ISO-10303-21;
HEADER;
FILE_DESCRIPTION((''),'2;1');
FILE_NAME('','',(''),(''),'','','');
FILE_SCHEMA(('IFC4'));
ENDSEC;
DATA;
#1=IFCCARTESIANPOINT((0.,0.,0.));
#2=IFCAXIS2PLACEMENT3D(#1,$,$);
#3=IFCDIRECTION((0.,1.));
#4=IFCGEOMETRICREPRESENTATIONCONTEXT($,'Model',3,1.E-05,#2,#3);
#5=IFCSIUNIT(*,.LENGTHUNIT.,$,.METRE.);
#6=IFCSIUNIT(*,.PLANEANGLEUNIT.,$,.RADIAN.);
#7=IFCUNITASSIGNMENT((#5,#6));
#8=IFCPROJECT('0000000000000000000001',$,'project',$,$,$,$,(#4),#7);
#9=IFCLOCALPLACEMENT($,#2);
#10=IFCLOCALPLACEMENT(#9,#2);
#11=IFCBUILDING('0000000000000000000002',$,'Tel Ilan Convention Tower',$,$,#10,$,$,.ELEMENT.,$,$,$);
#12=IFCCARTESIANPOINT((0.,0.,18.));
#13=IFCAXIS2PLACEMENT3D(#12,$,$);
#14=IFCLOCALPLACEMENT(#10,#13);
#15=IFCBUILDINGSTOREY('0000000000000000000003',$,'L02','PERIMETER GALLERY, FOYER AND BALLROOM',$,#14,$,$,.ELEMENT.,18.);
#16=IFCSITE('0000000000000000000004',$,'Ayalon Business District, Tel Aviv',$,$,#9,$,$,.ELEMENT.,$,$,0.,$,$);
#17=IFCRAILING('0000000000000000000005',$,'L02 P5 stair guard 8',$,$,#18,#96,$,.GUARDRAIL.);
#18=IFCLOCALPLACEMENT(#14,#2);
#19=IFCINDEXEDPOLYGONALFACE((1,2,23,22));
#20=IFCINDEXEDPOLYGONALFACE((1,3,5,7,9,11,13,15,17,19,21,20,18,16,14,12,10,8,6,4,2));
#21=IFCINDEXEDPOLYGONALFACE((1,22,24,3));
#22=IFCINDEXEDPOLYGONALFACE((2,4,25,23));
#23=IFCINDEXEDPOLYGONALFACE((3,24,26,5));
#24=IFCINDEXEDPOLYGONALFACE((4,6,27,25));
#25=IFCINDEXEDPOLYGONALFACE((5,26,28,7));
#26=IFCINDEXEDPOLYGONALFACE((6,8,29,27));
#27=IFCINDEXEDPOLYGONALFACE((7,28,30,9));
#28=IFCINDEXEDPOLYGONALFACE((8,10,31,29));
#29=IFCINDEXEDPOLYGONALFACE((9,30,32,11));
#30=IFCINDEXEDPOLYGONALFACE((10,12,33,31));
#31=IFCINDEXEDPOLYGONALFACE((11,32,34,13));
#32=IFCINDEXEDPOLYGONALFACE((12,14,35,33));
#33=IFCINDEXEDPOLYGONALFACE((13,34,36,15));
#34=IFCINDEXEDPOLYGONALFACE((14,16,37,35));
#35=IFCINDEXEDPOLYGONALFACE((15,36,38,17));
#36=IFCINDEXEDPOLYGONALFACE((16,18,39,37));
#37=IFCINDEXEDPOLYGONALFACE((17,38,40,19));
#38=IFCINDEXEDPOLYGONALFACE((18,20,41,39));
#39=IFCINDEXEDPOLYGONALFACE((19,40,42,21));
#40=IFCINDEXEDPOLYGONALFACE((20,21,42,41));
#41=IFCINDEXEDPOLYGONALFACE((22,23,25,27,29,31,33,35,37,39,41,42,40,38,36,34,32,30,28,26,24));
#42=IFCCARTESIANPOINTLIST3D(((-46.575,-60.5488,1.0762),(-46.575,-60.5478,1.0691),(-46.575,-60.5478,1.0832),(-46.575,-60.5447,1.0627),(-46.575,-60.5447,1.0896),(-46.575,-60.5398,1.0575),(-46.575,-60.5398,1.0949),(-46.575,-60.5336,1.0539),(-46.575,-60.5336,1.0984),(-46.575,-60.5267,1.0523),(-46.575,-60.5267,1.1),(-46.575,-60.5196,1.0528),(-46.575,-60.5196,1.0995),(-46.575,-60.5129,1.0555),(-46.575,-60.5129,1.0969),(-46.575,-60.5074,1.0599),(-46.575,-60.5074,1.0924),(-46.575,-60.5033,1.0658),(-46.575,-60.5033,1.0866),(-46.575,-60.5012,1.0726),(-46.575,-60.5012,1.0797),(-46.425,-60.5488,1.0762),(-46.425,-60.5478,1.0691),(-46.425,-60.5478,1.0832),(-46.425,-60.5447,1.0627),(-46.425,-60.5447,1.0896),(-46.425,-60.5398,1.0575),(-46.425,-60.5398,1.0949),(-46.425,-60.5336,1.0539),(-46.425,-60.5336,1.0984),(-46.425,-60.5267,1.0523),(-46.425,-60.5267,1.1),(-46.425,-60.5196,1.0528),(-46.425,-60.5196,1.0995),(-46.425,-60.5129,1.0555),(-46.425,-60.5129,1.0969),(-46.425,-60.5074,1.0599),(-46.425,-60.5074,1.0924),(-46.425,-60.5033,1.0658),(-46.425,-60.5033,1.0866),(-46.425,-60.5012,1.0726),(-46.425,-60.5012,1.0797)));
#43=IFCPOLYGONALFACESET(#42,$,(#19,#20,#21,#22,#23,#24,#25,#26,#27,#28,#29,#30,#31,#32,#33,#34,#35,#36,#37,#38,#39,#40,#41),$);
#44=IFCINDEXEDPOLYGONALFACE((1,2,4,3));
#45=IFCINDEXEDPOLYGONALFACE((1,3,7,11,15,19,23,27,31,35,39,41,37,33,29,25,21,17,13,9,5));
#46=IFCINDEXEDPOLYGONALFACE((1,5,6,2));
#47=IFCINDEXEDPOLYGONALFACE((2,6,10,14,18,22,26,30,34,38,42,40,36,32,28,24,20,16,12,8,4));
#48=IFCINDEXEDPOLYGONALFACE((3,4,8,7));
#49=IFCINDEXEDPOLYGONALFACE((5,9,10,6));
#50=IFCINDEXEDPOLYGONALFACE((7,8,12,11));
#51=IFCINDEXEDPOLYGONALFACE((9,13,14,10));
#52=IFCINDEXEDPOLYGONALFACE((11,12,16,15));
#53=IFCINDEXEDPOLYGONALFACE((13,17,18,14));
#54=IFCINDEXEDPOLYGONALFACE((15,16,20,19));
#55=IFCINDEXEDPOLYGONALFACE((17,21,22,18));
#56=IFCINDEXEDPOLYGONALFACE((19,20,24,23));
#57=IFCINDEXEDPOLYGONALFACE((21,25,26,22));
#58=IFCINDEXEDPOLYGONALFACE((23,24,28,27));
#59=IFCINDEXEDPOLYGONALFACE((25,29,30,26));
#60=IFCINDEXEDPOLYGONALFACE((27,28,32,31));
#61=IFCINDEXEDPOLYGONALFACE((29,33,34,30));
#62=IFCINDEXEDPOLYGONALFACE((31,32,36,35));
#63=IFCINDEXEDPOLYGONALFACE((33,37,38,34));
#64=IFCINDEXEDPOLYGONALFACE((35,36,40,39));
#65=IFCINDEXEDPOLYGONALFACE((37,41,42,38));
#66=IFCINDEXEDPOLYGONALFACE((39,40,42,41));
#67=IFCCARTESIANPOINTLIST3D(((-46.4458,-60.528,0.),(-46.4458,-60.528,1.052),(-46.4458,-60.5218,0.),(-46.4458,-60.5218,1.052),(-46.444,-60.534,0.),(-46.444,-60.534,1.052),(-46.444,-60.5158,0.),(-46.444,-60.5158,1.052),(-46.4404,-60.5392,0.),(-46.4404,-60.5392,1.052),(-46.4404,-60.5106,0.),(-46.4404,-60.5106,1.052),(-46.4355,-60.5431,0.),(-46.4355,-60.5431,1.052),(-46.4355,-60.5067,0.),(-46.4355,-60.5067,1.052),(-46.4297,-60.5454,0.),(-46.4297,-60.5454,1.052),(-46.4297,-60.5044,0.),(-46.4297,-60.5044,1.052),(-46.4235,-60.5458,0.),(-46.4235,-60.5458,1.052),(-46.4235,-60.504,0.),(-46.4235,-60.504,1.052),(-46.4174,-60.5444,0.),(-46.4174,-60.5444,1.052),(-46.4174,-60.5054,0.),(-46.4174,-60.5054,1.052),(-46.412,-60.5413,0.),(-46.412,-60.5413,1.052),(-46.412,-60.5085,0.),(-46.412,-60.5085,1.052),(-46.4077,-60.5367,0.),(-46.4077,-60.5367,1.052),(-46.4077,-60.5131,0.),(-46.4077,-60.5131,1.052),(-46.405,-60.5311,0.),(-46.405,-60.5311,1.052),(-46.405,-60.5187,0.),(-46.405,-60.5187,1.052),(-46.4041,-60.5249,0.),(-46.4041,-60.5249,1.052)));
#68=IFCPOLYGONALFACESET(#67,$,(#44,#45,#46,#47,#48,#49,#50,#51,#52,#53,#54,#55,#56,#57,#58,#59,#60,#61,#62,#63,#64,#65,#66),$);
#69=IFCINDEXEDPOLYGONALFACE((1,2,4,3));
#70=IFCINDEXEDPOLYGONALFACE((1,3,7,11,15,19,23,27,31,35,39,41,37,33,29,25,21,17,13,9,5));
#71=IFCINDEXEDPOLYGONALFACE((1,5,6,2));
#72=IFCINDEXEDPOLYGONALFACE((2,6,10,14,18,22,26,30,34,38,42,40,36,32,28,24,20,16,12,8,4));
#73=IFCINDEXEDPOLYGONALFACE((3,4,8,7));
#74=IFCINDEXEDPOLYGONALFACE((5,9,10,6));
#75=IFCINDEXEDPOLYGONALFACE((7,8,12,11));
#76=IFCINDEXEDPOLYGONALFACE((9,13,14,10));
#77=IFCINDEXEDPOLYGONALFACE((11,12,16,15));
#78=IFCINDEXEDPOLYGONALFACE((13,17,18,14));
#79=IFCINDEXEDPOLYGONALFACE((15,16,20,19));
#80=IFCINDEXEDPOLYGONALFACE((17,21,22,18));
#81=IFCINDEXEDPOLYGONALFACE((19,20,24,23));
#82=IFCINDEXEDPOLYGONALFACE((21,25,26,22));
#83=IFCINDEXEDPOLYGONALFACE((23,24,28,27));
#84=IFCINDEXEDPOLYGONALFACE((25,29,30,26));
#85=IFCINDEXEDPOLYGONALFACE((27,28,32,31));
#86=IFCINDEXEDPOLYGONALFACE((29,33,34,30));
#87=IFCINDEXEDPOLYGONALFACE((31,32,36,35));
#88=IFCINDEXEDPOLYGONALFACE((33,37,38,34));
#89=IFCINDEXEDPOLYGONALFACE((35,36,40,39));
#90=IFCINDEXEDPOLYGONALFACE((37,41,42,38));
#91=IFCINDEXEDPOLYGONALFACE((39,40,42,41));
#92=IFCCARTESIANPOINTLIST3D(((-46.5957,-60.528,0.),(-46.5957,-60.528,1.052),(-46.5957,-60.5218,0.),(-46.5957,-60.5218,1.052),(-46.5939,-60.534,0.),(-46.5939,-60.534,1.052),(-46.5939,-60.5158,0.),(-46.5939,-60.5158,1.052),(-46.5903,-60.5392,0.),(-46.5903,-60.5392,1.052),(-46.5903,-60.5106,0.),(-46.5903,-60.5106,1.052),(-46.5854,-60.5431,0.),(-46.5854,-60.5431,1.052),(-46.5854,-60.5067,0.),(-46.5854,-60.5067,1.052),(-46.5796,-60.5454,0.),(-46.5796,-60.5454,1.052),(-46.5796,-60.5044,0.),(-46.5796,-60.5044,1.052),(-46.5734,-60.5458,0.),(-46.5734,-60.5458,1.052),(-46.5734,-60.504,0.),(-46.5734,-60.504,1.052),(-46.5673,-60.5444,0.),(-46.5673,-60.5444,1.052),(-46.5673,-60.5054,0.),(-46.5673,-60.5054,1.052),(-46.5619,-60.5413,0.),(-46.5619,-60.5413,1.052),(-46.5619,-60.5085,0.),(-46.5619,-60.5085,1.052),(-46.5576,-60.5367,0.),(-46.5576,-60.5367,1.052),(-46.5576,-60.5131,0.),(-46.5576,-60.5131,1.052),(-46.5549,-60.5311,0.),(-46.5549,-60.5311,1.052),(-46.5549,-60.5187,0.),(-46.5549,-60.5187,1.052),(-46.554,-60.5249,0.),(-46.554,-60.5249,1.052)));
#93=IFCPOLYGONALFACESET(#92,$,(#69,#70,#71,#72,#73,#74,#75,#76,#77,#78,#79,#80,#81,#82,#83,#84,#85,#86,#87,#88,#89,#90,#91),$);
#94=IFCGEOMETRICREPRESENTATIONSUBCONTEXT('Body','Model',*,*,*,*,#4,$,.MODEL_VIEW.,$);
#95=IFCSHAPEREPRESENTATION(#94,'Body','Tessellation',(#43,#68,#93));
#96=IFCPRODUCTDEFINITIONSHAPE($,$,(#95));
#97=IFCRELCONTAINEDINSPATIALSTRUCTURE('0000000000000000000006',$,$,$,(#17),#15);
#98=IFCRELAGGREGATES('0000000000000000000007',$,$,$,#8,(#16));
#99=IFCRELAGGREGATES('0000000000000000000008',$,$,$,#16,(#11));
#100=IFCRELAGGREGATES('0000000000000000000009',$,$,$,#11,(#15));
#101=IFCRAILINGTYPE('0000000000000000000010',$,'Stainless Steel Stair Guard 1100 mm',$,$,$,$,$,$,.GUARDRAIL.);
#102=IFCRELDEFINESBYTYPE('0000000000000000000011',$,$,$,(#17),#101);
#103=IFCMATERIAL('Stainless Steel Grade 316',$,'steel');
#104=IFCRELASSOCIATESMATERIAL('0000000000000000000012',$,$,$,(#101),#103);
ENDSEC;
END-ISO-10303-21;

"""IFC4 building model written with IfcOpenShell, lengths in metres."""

from ifc_helpers import new_model, si_unit, direction, frame, origin, origin_2d, place, context, subcontext, project, spatial, circle, extrude, material, type_object, element, save


model = new_model("IFC4")

# Units and contexts
model_context = context("Model", 3, precision=1e-05, world=origin(), true_north=direction((0.0, 1.0)))
body_context = subcontext(model_context, "Body", "Model", "MODEL_VIEW")
ifc_project = project(units=[si_unit("LENGTHUNIT", "METRE"), si_unit("PLANEANGLEUNIT", "RADIAN")], contexts=[model_context])

# Site, building, storey
site_placement = place(None, origin())
site = spatial("IfcSite", under=ifc_project, at=site_placement, Name="Ayalon Business District, Tel Aviv", CompositionType="ELEMENT", RefElevation=0.0)
building_placement = place(site_placement, origin())
building = spatial("IfcBuilding", under=site, at=building_placement, Name="Tel Ilan Convention Tower", CompositionType="ELEMENT")
storey_placement = place(building_placement, frame((0.0, 0.0, 18.0)))
storey = spatial("IfcBuildingStorey", under=building, at=storey_placement, Name="L02", Description="PERIMETER GALLERY, FOYER AND BALLROOM", CompositionType="ELEMENT", Elevation=18.0)

# Railing
ifc_material_1 = material(Name="Stainless Steel Grade 316", Category="steel")
railing_type_1 = type_object("IfcRailingType", Name="Stainless Steel Stair Guard 1100 mm", PredefinedType="GUARDRAIL", material=ifc_material_1)
railing_1_placement = place(storey_placement, frame((-46.425, -60.5249, 0.0)))
element("IfcRailing", 1, at=railing_1_placement, inside=storey, type_object=railing_type_1, Name="L02 P5 stair guard 8", PredefinedType="GUARDRAIL", context=body_context, shape_type="SweptSolid", body=[
    extrude(circle(Radius=0.0239, at=origin_2d()), frame((0.0, 0.0, 1.0762), z_axis=(-1.0, 0.0, 0.0), x_axis=(0.0, -1.0, 0.0)), (0.0, 0.0, 1.0), 0.1499),
    extrude(circle(Radius=0.021, at=origin_2d()), origin(), (0.0, 0.0, 1.0), 1.052),
    extrude(circle(Radius=0.021, at=origin_2d()), frame((-0.1499, 0.0, 0.0)), (0.0, 0.0, 1.0), 1.052),
])

save(model, "model.ifc")
